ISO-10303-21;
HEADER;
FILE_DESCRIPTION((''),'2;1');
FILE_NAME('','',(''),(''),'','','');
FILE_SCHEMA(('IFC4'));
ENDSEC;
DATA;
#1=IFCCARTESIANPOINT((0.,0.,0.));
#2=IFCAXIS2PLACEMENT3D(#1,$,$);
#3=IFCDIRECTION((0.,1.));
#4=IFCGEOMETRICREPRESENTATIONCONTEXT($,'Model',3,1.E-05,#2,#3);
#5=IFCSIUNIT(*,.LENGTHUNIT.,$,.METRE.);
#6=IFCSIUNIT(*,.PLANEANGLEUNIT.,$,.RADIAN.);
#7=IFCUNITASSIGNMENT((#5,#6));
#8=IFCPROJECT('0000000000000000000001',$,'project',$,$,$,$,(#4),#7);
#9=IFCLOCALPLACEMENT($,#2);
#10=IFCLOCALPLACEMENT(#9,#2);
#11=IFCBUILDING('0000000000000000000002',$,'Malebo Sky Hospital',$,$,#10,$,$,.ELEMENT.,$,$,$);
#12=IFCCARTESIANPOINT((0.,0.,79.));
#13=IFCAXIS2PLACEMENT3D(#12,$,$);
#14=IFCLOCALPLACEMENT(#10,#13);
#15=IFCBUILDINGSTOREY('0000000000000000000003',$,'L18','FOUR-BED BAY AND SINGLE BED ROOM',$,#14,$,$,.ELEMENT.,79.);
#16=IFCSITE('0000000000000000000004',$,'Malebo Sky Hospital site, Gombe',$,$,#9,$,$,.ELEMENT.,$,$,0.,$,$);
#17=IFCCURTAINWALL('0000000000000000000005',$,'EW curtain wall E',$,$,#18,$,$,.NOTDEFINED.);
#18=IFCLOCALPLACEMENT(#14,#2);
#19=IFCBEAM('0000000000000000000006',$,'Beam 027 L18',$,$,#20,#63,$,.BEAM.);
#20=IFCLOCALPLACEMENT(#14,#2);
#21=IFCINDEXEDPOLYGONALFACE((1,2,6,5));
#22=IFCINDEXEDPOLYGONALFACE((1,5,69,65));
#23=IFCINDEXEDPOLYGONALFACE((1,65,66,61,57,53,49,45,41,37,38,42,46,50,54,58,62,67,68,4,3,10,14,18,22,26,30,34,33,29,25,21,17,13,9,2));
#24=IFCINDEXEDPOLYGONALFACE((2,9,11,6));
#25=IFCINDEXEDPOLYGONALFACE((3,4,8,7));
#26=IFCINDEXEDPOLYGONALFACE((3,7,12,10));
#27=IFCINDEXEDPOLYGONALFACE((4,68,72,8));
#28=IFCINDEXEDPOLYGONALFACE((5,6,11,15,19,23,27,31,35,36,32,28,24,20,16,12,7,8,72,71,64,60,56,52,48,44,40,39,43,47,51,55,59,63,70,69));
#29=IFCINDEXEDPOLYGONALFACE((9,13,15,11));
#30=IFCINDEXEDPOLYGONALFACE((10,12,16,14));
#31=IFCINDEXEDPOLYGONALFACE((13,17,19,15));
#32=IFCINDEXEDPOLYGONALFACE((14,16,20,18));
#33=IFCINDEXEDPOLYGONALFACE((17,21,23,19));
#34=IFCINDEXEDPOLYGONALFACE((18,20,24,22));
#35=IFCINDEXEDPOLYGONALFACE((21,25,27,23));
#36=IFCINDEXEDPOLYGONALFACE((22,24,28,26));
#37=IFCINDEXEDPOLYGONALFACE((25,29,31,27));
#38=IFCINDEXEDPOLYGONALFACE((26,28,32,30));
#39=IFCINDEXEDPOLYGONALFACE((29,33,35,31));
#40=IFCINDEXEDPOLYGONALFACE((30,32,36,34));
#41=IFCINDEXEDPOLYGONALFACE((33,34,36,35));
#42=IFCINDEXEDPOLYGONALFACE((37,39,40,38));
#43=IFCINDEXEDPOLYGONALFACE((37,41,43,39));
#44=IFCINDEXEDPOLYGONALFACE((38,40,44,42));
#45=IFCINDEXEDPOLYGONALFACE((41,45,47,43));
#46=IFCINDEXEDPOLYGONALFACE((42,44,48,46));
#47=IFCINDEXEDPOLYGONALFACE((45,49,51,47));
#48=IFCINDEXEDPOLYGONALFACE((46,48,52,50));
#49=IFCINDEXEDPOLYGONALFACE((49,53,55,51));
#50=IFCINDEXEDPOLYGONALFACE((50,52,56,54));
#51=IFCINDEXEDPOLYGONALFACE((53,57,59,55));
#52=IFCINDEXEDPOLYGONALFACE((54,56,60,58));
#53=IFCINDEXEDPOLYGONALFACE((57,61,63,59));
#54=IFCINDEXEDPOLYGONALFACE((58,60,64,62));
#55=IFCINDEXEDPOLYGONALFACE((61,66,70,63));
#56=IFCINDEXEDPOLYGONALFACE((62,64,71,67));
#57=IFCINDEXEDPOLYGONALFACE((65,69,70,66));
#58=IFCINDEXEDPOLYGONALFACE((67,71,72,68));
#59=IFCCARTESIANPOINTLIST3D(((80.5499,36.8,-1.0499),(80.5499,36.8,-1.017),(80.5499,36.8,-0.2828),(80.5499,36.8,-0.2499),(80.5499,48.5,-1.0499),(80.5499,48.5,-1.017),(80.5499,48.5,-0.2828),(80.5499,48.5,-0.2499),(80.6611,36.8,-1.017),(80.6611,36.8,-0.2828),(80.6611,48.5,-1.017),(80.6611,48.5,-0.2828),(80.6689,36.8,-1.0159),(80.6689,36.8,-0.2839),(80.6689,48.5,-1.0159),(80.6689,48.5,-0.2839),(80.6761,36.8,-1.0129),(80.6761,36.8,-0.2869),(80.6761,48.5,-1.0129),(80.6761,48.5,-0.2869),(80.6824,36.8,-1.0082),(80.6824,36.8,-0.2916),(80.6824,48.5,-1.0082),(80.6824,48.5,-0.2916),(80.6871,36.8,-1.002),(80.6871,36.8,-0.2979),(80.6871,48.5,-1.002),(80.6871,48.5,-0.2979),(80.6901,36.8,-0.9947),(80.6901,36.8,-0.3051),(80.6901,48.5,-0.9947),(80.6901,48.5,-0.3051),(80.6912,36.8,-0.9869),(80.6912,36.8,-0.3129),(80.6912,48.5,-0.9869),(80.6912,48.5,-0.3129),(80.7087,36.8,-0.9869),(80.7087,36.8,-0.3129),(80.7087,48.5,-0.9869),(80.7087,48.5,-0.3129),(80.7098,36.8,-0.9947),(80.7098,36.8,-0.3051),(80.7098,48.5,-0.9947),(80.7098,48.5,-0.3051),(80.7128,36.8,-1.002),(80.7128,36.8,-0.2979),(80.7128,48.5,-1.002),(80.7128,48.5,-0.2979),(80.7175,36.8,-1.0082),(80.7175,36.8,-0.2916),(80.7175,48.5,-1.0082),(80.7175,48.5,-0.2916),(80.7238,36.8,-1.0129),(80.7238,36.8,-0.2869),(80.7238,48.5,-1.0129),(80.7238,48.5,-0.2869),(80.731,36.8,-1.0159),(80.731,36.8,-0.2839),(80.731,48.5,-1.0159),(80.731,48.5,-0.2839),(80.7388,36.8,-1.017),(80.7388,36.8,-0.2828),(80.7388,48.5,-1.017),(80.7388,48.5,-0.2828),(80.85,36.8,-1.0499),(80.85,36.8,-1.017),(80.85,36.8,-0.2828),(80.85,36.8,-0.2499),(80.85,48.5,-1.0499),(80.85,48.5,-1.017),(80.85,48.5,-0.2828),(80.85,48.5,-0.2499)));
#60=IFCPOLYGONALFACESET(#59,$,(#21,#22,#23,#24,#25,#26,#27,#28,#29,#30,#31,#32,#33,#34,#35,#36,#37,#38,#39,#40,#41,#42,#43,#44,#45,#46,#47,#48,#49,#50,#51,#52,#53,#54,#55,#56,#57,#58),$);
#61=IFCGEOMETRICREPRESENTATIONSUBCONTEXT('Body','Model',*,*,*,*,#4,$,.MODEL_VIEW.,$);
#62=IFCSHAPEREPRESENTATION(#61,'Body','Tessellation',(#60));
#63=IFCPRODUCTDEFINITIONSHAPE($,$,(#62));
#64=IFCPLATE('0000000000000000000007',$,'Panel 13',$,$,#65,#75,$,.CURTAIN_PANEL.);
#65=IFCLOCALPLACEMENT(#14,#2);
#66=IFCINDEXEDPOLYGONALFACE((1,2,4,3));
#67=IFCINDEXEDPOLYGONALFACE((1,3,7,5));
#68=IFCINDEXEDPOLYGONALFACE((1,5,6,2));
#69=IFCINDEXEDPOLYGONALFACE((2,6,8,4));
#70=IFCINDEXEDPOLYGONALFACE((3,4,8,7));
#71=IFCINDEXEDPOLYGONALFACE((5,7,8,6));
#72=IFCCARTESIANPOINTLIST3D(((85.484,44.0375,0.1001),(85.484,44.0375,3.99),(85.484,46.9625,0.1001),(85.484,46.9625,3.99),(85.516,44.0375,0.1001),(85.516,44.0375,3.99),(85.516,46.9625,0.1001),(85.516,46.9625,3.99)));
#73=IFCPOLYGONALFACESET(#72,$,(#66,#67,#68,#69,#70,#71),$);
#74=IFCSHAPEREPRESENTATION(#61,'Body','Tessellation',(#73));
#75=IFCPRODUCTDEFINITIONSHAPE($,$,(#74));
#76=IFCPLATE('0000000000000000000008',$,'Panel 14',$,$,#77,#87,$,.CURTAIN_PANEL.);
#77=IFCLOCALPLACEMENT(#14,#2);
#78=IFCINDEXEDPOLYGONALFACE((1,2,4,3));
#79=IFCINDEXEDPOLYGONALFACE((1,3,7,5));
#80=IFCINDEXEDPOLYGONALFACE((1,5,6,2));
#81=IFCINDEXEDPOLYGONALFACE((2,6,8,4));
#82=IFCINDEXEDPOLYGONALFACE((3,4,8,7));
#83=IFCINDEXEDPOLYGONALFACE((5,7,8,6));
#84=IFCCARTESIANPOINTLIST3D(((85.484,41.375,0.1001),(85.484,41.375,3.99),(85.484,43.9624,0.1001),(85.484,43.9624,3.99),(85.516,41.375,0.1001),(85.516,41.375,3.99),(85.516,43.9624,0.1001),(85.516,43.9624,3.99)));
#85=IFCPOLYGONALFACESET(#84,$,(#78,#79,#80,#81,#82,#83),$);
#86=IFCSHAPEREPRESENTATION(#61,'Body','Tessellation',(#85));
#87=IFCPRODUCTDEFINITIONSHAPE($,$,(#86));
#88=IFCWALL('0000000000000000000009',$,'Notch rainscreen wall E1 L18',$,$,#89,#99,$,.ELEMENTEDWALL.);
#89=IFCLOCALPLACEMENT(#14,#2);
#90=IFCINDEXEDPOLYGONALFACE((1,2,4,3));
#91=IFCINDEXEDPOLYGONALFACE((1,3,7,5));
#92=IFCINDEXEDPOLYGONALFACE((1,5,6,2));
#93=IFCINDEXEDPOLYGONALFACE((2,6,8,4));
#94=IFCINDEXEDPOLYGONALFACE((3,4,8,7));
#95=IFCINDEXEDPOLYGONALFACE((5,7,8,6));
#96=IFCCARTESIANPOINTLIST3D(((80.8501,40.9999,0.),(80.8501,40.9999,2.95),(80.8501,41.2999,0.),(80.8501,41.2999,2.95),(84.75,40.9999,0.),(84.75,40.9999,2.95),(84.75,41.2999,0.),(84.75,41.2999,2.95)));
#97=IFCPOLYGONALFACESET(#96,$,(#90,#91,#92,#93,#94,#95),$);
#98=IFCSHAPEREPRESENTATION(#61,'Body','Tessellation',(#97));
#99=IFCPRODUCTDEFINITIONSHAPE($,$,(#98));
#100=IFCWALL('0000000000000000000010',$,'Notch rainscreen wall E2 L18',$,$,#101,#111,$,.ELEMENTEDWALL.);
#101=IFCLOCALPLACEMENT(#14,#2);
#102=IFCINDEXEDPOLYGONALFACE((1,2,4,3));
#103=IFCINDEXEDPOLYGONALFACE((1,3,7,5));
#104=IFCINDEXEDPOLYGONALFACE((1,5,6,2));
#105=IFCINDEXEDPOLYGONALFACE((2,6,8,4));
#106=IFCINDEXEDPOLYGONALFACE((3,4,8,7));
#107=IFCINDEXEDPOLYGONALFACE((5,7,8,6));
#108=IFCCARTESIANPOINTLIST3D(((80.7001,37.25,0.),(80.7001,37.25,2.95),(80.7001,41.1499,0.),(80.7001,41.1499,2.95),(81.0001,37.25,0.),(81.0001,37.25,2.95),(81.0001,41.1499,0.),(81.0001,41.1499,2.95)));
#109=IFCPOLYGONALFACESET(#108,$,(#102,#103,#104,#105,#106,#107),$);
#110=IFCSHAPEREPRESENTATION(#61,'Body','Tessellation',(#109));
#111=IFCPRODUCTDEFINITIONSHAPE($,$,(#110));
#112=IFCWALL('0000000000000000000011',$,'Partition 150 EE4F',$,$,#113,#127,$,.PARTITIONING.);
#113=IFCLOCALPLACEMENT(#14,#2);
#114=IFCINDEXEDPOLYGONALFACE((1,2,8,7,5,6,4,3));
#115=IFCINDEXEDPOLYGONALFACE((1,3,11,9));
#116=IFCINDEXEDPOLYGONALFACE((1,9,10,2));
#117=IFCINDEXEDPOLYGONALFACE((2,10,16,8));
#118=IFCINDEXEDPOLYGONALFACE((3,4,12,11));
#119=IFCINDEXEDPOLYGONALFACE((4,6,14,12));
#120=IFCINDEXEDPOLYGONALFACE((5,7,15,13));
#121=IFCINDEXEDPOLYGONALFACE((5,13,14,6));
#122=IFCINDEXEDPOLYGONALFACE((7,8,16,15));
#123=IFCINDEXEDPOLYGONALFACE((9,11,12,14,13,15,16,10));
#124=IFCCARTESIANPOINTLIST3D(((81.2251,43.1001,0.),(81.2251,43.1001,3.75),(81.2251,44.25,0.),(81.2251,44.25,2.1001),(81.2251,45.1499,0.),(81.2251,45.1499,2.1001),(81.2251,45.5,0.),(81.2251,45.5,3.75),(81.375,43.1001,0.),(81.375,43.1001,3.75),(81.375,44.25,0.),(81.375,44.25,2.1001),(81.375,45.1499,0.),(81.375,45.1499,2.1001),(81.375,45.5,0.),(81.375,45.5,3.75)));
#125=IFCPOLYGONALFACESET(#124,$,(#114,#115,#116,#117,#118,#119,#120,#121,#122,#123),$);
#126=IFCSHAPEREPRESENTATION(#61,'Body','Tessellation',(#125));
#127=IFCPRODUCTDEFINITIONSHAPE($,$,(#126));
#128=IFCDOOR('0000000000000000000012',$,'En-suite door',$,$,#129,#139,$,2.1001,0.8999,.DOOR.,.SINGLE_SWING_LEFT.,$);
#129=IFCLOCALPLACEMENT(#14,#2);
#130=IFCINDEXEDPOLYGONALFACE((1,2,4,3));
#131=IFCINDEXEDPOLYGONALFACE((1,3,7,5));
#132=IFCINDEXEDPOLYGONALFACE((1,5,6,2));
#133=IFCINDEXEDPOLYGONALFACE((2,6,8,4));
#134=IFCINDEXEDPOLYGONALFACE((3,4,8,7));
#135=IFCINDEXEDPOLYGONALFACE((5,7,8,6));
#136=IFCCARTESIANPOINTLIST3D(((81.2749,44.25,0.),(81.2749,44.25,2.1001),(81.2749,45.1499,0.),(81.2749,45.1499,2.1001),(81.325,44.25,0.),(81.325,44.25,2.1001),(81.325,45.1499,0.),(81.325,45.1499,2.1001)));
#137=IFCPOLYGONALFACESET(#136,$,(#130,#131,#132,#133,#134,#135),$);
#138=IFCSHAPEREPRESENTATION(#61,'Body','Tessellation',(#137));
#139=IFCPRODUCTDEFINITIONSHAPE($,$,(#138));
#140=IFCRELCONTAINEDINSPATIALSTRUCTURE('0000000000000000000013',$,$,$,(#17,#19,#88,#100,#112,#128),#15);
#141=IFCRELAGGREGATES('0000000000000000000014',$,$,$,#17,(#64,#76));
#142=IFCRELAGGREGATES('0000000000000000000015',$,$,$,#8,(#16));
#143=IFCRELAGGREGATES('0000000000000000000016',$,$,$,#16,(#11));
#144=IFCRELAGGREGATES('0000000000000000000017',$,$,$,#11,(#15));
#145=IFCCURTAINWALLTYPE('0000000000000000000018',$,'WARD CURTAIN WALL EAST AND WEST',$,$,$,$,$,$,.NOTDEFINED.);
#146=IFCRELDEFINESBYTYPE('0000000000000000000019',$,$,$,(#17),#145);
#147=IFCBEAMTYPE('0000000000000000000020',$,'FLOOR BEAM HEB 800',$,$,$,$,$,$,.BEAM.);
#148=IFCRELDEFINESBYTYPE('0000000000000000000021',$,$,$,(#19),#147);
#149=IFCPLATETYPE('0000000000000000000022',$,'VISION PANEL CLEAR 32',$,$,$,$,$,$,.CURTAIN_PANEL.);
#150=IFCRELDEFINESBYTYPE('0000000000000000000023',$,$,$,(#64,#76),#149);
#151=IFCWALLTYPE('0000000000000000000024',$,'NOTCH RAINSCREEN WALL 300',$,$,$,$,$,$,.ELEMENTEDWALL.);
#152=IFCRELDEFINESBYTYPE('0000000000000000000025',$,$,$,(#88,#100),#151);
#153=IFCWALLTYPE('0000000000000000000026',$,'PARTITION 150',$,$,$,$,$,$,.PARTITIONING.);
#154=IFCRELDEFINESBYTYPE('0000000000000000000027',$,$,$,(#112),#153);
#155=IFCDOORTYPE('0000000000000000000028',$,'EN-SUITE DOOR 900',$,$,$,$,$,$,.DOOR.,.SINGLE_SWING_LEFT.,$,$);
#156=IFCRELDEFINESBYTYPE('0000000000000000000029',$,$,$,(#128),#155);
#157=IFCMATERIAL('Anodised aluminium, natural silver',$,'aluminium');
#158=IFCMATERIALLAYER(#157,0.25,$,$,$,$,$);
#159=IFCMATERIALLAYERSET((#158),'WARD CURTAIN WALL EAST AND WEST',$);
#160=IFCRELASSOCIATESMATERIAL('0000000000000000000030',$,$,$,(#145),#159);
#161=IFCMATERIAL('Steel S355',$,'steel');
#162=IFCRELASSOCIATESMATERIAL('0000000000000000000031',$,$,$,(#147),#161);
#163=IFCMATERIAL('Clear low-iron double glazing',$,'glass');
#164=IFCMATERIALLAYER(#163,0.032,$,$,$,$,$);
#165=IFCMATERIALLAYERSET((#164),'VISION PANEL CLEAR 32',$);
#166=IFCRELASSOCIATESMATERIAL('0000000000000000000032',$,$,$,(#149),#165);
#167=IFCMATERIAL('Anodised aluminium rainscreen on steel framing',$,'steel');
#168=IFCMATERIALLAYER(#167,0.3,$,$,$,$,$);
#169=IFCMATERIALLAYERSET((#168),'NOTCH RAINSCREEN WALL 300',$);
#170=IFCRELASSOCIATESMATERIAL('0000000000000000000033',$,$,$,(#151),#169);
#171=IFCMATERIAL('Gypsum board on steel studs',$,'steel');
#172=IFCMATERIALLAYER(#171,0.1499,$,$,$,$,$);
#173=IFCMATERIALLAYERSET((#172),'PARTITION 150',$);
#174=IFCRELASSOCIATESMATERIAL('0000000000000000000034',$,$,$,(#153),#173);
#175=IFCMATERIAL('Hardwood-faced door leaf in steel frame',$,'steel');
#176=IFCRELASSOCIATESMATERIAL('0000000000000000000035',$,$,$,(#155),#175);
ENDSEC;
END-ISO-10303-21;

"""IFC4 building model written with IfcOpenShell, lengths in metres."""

from ifc_helpers import new_model, si_unit, direction, frame, frame_2d, origin, origin_2d, place, context, subcontext, project, spatial, rectangle, i_section, extrude, material, layer, layer_set, material_profile, profile_set, type_object, element, fill, aggregate, save


model = new_model("IFC4")

# Units and contexts
model_context = context("Model", 3, precision=1e-05, world=origin(), true_north=direction((0.0, 1.0)))
body_context = subcontext(model_context, "Body", "Model", "MODEL_VIEW")
ifc_project = project(units=[si_unit("LENGTHUNIT", "METRE"), si_unit("PLANEANGLEUNIT", "RADIAN")], contexts=[model_context])

# Site, building, storey
site_placement = place(None, origin())
site = spatial("IfcSite", under=ifc_project, at=site_placement, Name="Malebo Sky Hospital site, Gombe", CompositionType="ELEMENT", RefElevation=0.0)
building_placement = place(site_placement, origin())
building = spatial("IfcBuilding", under=site, at=building_placement, Name="Malebo Sky Hospital", CompositionType="ELEMENT")
storey_placement = place(building_placement, frame((0.0, 0.0, 79.0)))
storey = spatial("IfcBuildingStorey", under=building, at=storey_placement, Name="L18", Description="FOUR-BED BAY AND SINGLE BED ROOM", CompositionType="ELEMENT", Elevation=79.0)

# Curtain wall
ifc_material_1 = material(Name="Anodised aluminium, natural silver", Category="aluminium")
ifc_layer_1 = layer(ifc_material_1, 0.25)
ifc_layer_set_1 = layer_set([ifc_layer_1], Name="WARD CURTAIN WALL EAST AND WEST")
curtain_wall_type_1 = type_object("IfcCurtainWallType", Name="WARD CURTAIN WALL EAST AND WEST", PredefinedType="NOTDEFINED", material=ifc_layer_set_1)
curtain_wall_1_placement = place(storey_placement, origin())
curtain_wall_1 = element("IfcCurtainWall", 1, at=curtain_wall_1_placement, inside=storey, type_object=curtain_wall_type_1, Name="EW curtain wall E", PredefinedType="NOTDEFINED")

# Beam
ifc_material_2 = material(Name="Steel S355", Category="steel")
ifc_material_profile_1 = material_profile(ifc_material_2, i_section(OverallWidth=0.3, OverallDepth=0.8, WebThickness=0.0176, FlangeThickness=0.033, FilletRadius=0.03, at=origin_2d()), Name="HEB 800")
ifc_profile_set_1 = profile_set([ifc_material_profile_1], Name="Steel S355")
beam_type_1 = type_object("IfcBeamType", Name="FLOOR BEAM HEB 800", PredefinedType="BEAM", material=ifc_profile_set_1)
beam_1_placement = place(storey_placement, frame((80.7, 36.8, -0.6499), z_axis=(0.0, 1.0, 0.0), x_axis=(-1.0, 0.0, 0.0)))
element("IfcBeam", 2, at=beam_1_placement, inside=storey, type_object=beam_type_1, Name="Beam 027 L18", PredefinedType="BEAM", context=body_context, shape_type="SweptSolid", body=[
    extrude(i_section(OverallWidth=0.3, OverallDepth=0.8, WebThickness=0.0176, FlangeThickness=0.033, FilletRadius=0.03, at=origin_2d()), origin(), (0.0, 0.0, 1.0), 11.7),
])

# Plates
ifc_material_3 = material(Name="Clear low-iron double glazing", Category="glass")
ifc_layer_2 = layer(ifc_material_3, 0.032)
ifc_layer_set_2 = layer_set([ifc_layer_2], Name="VISION PANEL CLEAR 32")
plate_type = type_object("IfcPlateType", Name="VISION PANEL CLEAR 32", PredefinedType="CURTAIN_PANEL", material=ifc_layer_set_2)
plate_1_placement = place(storey_placement, frame((85.5, 45.5, 0.1001), z_axis=(0.0, 0.0, 1.0), x_axis=(0.0, -1.0, 0.0)))
plate_1 = element("IfcPlate", 3, at=plate_1_placement, type_object=plate_type, Name="Panel 13", PredefinedType="CURTAIN_PANEL", context=body_context, shape_type="SweptSolid", body=[
    extrude(rectangle(XDim=2.925, YDim=0.032, at=origin_2d()), origin(), (0.0, 0.0, 1.0), 3.8899),
])
plate_2_placement = place(storey_placement, frame((85.5, 42.6687, 0.1001), z_axis=(0.0, 0.0, 1.0), x_axis=(0.0, -1.0, 0.0)))
plate_2 = element("IfcPlate", 4, at=plate_2_placement, type_object=plate_type, Name="Panel 14", PredefinedType="CURTAIN_PANEL", context=body_context, shape_type="SweptSolid", body=[
    extrude(rectangle(XDim=2.5874, YDim=0.032, at=origin_2d()), origin(), (0.0, 0.0, 1.0), 3.8899),
])
aggregate(curtain_wall_1, [plate_1, plate_2])

# Walls
ifc_material_4 = material(Name="Anodised aluminium rainscreen on steel framing", Category="steel")
ifc_layer_3 = layer(ifc_material_4, 0.3)
ifc_layer_set_3 = layer_set([ifc_layer_3], Name="NOTCH RAINSCREEN WALL 300")
wall_type_1 = type_object("IfcWallType", Name="NOTCH RAINSCREEN WALL 300", PredefinedType="ELEMENTEDWALL", material=ifc_layer_set_3)
for number, where, z_axis, x_axis, name in (
    (5, (84.75, 41.1499, 0.0), (0.0, 0.0, 1.0), (-1.0, 0.0, 0.0), "Notch rainscreen wall E1 L18"),
    (6, (80.8501, 41.1499, 0.0), (0.0, 0.0, 1.0), (0.0, -1.0, 0.0), "Notch rainscreen wall E2 L18"),
):
    element("IfcWall", number, at=place(storey_placement, frame(where, z_axis=z_axis, x_axis=x_axis)), inside=storey, type_object=wall_type_1, Name=name, PredefinedType="ELEMENTEDWALL", context=body_context, shape_type="SweptSolid", body=[
        extrude(rectangle(XDim=3.8999, YDim=0.3, at=frame_2d((1.95, 0.0))), origin(), (0.0, 0.0, 1.0), 2.95),
    ])

# Wall, opening, door
ifc_material_5 = material(Name="Gypsum board on steel studs", Category="steel")
ifc_layer_4 = layer(ifc_material_5, 0.1499)
ifc_layer_set_4 = layer_set([ifc_layer_4], Name="PARTITION 150")
wall_type_2 = type_object("IfcWallType", Name="PARTITION 150", PredefinedType="PARTITIONING", material=ifc_layer_set_4)
wall_placement = place(storey_placement, frame((81.3, 45.5, 0.0), z_axis=(0.0, 0.0, 1.0), x_axis=(0.0, -1.0, 0.0)))
wall = element("IfcWall", 7, at=wall_placement, inside=storey, type_object=wall_type_2, Name="Partition 150 EE4F", PredefinedType="PARTITIONING", context=body_context, shape_type="SweptSolid", body=[
    extrude(rectangle(XDim=2.3999, YDim=0.1499, at=frame_2d((1.2, 0.0))), origin(), (0.0, 0.0, 1.0), 3.75),
])
opening_placement = place(wall_placement, frame((0.3501, 0.0, 0.0)))
opening = element("IfcOpeningElement", 8, at=opening_placement, cuts=wall, PredefinedType="OPENING", context=body_context, shape_type="SweptSolid", body=[
    extrude(rectangle(XDim=0.8999, YDim=2.1001, at=frame_2d((0.45, 1.05))), frame((0.0, 0.085, 0.0), z_axis=(0.0, -1.0, 0.0), x_axis=(1.0, 0.0, 0.0)), (0.0, 0.0, 1.0), 0.1699),
])
ifc_material_6 = material(Name="Hardwood-faced door leaf in steel frame", Category="steel")
door_type = type_object("IfcDoorType", Name="EN-SUITE DOOR 900", OperationType="SINGLE_SWING_LEFT", PredefinedType="DOOR", material=ifc_material_6)
door_placement = place(opening_placement, origin())
door = element("IfcDoor", 9, at=door_placement, inside=storey, type_object=door_type, Name="En-suite door", OperationType="SINGLE_SWING_LEFT", OverallHeight=2.1001, OverallWidth=0.8999, PredefinedType="DOOR", context=body_context, shape_type="SweptSolid", body=[
    extrude(rectangle(XDim=0.8999, YDim=2.1001, at=frame_2d((0.45, 1.05))), frame((0.0, 0.0249, 0.0), z_axis=(0.0, -1.0, 0.0), x_axis=(1.0, 0.0, 0.0)), (0.0, 0.0, 1.0), 0.05),
])
fill(opening, door)

save(model, "model.ifc")
